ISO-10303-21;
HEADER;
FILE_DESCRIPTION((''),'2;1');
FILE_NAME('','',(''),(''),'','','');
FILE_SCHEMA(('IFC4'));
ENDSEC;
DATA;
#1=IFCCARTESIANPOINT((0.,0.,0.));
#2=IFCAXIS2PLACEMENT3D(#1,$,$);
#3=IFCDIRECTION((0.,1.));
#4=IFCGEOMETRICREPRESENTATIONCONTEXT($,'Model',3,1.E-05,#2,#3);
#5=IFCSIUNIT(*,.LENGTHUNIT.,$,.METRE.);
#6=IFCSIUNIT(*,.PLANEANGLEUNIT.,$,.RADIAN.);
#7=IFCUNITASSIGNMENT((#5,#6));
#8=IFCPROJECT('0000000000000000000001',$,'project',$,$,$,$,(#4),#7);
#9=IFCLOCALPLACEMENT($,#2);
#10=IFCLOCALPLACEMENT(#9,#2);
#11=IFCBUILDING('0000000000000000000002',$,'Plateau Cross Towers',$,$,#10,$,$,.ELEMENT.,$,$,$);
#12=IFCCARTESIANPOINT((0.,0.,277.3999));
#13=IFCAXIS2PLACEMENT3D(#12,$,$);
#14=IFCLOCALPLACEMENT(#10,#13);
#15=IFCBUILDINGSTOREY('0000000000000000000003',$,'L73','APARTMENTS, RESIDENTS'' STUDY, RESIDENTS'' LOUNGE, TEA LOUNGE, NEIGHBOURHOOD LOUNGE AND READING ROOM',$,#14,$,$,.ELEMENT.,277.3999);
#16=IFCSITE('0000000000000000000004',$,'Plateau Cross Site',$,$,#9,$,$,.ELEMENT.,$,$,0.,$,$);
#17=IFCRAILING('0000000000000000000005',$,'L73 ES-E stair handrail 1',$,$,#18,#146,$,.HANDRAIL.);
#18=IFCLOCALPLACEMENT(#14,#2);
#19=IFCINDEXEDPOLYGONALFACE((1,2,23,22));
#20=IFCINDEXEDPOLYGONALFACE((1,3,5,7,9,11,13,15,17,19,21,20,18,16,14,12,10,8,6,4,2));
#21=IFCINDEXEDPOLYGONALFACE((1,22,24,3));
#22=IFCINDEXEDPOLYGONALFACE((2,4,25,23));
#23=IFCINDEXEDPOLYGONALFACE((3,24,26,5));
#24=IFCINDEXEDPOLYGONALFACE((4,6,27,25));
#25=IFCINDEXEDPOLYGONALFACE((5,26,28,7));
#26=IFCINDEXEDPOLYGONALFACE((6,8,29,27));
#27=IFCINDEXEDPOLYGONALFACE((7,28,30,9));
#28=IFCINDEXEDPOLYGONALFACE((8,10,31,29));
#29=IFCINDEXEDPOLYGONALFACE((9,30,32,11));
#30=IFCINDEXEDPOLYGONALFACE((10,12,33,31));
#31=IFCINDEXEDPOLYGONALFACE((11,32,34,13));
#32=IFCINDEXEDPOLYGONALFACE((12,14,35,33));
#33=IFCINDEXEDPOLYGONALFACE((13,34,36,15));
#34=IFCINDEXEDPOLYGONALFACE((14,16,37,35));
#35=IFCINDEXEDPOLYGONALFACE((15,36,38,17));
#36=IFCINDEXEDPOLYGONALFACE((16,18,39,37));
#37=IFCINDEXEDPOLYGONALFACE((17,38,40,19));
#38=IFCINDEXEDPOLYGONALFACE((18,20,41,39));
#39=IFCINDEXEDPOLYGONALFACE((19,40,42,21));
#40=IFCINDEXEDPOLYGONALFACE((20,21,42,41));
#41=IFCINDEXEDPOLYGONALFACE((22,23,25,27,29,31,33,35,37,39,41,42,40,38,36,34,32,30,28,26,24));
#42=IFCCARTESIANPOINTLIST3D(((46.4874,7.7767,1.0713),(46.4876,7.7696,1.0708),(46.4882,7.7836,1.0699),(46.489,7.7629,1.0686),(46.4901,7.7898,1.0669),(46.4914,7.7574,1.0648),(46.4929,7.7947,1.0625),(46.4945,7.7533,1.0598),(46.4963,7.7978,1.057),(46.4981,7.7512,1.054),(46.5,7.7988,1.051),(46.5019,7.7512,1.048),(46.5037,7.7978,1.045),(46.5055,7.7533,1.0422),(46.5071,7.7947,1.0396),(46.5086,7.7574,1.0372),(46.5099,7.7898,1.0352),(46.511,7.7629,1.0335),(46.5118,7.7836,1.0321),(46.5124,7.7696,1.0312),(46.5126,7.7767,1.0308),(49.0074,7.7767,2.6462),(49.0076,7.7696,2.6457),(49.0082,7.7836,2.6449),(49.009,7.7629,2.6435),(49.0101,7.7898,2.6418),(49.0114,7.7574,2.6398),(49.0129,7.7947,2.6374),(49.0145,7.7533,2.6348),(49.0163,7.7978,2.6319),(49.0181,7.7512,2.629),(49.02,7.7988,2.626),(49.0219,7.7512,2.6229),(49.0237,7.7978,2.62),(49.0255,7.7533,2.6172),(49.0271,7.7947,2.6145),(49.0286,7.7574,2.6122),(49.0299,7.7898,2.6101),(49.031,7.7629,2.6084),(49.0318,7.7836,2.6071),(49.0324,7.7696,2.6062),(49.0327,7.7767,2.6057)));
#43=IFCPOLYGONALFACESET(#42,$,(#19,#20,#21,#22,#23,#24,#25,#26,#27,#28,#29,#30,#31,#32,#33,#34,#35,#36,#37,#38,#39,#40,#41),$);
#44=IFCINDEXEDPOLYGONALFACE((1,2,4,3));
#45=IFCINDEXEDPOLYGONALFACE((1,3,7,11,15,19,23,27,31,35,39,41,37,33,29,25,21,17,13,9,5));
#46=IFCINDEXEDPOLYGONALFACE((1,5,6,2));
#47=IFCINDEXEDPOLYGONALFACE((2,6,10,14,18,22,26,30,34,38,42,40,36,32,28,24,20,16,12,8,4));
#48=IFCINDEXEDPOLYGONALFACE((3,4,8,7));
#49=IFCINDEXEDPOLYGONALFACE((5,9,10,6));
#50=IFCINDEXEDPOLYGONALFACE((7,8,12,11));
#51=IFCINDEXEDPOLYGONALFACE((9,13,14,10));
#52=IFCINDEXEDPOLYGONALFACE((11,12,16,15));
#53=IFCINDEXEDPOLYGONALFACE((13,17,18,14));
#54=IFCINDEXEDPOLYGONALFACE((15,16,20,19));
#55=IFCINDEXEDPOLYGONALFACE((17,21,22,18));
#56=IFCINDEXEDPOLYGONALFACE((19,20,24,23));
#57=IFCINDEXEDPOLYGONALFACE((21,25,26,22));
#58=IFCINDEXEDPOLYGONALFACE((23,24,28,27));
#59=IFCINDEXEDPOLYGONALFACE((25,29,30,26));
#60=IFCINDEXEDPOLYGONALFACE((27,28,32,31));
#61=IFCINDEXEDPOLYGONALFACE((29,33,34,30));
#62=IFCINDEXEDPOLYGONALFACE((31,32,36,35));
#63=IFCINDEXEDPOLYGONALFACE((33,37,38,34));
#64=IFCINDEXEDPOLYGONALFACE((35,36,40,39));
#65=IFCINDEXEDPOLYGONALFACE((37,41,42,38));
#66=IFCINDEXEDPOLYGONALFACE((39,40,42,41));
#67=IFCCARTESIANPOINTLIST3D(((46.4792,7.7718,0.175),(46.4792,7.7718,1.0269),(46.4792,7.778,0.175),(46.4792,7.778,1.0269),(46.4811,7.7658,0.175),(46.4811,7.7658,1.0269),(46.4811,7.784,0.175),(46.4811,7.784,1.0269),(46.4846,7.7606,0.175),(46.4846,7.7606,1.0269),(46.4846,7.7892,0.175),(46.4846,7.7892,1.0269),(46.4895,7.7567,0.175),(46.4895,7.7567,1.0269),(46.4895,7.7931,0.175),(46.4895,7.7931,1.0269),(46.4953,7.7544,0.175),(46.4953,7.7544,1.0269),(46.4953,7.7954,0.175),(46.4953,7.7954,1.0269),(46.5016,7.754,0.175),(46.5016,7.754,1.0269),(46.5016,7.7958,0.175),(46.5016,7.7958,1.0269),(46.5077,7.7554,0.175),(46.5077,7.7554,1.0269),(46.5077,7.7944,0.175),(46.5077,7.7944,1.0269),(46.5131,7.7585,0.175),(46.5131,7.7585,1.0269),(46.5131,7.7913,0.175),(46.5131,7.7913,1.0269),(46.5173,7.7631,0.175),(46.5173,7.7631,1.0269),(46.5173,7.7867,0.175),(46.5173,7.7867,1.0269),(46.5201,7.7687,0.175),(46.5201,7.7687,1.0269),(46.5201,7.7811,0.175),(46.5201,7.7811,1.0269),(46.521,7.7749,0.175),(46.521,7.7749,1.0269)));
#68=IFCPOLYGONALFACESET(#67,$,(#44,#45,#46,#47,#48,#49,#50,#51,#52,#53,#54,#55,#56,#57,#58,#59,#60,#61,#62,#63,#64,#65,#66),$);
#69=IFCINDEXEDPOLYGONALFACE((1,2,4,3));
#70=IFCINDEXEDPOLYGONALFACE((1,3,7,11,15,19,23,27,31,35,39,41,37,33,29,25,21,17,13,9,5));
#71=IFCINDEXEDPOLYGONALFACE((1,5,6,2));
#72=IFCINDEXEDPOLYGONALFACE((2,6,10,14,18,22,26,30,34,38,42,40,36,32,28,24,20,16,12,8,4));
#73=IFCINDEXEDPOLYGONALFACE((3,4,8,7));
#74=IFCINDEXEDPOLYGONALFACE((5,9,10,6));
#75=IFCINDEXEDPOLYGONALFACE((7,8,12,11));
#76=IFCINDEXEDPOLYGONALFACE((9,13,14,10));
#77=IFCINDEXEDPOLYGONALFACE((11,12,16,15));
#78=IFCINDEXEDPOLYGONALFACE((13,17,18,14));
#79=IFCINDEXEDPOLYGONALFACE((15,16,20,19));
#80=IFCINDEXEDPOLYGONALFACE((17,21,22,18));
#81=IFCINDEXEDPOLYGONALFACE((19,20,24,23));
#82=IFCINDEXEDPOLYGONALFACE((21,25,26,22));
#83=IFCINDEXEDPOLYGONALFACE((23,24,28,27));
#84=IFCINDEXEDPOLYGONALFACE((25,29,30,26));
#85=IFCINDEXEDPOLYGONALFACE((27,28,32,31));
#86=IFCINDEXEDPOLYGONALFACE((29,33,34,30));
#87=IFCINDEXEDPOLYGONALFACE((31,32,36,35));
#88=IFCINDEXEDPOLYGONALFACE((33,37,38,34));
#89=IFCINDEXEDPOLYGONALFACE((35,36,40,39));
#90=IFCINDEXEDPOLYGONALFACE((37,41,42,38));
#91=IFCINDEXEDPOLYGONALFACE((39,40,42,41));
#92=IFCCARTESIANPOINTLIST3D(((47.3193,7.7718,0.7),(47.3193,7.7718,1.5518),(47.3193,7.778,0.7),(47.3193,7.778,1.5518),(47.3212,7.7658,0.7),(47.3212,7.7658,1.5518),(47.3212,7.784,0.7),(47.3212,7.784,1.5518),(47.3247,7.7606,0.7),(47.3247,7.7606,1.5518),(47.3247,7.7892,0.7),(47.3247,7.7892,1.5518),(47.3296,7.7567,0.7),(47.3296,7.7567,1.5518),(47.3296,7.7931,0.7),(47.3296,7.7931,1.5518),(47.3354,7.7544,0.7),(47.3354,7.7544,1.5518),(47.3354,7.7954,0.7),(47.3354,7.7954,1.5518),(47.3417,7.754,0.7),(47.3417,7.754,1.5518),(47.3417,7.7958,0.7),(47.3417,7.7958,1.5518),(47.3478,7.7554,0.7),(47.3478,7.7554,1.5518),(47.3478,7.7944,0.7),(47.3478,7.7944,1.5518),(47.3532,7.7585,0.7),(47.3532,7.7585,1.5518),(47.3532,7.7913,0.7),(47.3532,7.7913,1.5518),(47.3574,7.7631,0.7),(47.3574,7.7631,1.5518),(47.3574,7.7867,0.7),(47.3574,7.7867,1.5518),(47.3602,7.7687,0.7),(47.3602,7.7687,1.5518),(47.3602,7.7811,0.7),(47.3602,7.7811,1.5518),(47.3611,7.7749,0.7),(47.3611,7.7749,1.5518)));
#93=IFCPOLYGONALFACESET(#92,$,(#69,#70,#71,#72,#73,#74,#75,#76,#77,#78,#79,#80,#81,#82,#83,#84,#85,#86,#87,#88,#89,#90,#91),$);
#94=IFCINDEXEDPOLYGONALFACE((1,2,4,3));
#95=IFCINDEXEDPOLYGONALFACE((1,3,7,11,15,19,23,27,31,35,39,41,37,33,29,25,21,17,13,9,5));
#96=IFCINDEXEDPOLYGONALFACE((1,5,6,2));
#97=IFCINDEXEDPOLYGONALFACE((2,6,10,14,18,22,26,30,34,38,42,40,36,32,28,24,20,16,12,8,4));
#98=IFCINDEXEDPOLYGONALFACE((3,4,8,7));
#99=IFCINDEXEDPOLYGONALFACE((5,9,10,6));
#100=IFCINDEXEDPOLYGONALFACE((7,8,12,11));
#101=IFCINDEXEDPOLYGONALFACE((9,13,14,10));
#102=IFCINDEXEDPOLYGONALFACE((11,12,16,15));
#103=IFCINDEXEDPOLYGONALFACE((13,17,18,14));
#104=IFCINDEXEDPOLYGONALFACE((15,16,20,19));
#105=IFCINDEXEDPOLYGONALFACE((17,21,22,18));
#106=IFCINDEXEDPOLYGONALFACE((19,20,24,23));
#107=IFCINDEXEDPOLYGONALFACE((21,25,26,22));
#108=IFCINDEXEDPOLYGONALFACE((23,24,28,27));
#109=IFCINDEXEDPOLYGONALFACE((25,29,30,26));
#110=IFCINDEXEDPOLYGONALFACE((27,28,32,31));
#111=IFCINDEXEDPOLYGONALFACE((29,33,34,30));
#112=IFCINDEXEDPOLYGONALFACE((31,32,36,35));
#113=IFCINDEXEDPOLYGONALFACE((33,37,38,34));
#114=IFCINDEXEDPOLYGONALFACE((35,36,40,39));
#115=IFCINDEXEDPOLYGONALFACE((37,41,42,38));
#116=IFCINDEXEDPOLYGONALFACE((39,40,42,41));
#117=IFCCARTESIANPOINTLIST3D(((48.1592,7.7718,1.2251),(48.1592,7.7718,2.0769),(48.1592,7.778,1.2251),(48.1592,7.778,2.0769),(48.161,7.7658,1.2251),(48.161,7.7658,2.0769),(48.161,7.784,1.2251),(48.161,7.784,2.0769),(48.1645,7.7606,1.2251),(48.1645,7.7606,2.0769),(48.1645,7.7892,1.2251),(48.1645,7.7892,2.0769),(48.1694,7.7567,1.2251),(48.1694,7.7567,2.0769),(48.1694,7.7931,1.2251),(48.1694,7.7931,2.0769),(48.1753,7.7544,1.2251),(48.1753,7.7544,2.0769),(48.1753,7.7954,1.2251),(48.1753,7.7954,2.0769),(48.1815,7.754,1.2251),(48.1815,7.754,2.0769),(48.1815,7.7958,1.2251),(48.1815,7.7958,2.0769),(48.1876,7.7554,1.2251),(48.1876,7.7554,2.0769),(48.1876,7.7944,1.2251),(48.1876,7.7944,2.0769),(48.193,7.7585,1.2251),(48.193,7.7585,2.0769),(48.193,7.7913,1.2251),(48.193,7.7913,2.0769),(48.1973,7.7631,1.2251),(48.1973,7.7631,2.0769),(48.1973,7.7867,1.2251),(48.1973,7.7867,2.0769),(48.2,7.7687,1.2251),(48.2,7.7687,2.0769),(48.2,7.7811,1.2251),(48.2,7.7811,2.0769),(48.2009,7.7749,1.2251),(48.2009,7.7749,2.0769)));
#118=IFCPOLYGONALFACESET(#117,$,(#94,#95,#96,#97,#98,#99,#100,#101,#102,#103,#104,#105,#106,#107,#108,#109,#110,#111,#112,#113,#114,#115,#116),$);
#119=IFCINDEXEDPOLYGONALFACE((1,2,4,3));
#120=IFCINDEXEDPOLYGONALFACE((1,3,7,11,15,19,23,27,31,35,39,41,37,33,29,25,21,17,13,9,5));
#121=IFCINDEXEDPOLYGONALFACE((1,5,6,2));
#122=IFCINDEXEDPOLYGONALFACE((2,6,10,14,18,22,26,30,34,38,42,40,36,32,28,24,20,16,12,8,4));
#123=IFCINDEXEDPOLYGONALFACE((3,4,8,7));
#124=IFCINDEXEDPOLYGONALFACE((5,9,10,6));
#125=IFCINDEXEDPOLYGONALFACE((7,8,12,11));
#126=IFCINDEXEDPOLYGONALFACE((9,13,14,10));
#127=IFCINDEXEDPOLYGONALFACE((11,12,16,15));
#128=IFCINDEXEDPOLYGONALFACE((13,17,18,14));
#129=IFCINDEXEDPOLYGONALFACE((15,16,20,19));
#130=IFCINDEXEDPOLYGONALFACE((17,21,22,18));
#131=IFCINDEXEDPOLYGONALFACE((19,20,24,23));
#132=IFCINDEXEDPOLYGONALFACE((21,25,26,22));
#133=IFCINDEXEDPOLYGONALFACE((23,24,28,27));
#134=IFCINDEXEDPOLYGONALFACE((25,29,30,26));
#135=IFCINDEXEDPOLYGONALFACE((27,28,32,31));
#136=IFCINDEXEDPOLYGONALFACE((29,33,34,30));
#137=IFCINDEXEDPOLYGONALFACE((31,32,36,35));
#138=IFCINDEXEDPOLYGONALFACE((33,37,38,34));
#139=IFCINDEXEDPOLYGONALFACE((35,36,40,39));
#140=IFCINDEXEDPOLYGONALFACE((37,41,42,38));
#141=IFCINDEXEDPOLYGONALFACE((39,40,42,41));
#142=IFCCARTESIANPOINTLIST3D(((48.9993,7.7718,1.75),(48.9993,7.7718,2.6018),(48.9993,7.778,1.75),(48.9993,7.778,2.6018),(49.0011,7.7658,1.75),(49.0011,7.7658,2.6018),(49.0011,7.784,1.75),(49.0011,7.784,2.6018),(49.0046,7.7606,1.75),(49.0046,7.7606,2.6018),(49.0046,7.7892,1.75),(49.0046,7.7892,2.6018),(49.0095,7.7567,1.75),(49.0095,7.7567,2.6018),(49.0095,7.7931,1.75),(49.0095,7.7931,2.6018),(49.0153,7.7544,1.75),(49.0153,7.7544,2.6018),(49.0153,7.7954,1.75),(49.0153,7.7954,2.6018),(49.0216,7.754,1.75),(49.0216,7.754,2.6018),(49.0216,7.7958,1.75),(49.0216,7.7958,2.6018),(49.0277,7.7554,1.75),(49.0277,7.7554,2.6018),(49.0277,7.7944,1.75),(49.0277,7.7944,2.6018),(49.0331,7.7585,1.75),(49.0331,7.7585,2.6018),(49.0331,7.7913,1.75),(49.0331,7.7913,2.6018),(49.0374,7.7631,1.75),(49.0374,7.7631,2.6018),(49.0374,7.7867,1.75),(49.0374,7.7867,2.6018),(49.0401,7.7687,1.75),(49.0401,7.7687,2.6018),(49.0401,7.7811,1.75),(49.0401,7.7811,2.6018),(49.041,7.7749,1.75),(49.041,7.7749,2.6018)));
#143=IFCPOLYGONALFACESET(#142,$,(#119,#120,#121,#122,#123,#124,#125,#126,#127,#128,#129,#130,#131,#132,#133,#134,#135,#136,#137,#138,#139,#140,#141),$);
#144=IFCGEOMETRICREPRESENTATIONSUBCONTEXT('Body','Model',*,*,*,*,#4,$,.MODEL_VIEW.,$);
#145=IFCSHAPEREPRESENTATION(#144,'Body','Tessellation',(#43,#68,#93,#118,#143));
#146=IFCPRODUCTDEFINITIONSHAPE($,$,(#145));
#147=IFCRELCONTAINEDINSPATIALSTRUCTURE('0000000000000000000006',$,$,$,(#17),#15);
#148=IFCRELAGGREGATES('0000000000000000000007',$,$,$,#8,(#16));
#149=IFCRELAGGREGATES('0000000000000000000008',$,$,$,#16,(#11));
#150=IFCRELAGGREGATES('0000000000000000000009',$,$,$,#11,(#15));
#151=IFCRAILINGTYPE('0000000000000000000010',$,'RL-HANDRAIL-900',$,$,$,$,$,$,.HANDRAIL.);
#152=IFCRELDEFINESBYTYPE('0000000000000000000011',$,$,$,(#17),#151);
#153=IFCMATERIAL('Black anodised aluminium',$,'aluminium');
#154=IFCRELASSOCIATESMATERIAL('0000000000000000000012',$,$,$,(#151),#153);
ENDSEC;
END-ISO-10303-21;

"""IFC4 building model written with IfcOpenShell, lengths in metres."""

from ifc_helpers import new_model, si_unit, direction, frame, origin, origin_2d, place, context, subcontext, project, spatial, circle, extrude, material, type_object, element, save


model = new_model("IFC4")

# Units and contexts
model_context = context("Model", 3, precision=1e-05, world=origin(), true_north=direction((0.0, 1.0)))
body_context = subcontext(model_context, "Body", "Model", "MODEL_VIEW")
ifc_project = project(units=[si_unit("LENGTHUNIT", "METRE"), si_unit("PLANEANGLEUNIT", "RADIAN")], contexts=[model_context])

# Site, building, storey
site_placement = place(None, origin())
site = spatial("IfcSite", under=ifc_project, at=site_placement, Name="Plateau Cross Site", CompositionType="ELEMENT", RefElevation=0.0)
building_placement = place(site_placement, origin())
building = spatial("IfcBuilding", under=site, at=building_placement, Name="Plateau Cross Towers", CompositionType="ELEMENT")
storey_placement = place(building_placement, frame((0.0, 0.0, 277.3999)))
storey = spatial("IfcBuildingStorey", under=building, at=storey_placement, Name="L73", Description="APARTMENTS, RESIDENTS' STUDY, RESIDENTS' LOUNGE, TEA LOUNGE, NEIGHBOURHOOD LOUNGE AND READING ROOM", CompositionType="ELEMENT", Elevation=277.3999)

# Shared definitions
ifc_material_1 = material(Name="Black anodised aluminium", Category="aluminium")

# Railing
railing_type = type_object("IfcRailingType", Name="RL-HANDRAIL-900", PredefinedType="HANDRAIL", material=ifc_material_1)
railing_placement = place(storey_placement, frame((46.5, 7.7749, 0.175)))
element("IfcRailing", 1, at=railing_placement, inside=storey, type_object=railing_type, Name="L73 ES-E stair handrail 1", PredefinedType="HANDRAIL", context=body_context, shape_type="SweptSolid", body=[
    extrude(circle(Radius=0.0239, at=origin_2d()), frame((0.0, 0.0, 0.876), z_axis=(0.848008, 0.0, 0.529984), x_axis=(0.0, 1.0, 0.0)), (0.0, 0.0, 1.0), 2.9717),
    extrude(circle(Radius=0.021, at=origin_2d()), origin(), (0.0, 0.0, 1.0), 0.8518),
    extrude(circle(Radius=0.021, at=origin_2d()), frame((0.8401, 0.0, 0.5249)), (0.0, 0.0, 1.0), 0.8518),
    extrude(circle(Radius=0.021, at=origin_2d()), frame((1.6799, 0.0, 1.05)), (0.0, 0.0, 1.0), 0.8518),
    extrude(circle(Radius=0.021, at=origin_2d()), frame((2.52, 0.0, 1.575)), (0.0, 0.0, 1.0), 0.8518),
])

save(model, "model.ifc")
